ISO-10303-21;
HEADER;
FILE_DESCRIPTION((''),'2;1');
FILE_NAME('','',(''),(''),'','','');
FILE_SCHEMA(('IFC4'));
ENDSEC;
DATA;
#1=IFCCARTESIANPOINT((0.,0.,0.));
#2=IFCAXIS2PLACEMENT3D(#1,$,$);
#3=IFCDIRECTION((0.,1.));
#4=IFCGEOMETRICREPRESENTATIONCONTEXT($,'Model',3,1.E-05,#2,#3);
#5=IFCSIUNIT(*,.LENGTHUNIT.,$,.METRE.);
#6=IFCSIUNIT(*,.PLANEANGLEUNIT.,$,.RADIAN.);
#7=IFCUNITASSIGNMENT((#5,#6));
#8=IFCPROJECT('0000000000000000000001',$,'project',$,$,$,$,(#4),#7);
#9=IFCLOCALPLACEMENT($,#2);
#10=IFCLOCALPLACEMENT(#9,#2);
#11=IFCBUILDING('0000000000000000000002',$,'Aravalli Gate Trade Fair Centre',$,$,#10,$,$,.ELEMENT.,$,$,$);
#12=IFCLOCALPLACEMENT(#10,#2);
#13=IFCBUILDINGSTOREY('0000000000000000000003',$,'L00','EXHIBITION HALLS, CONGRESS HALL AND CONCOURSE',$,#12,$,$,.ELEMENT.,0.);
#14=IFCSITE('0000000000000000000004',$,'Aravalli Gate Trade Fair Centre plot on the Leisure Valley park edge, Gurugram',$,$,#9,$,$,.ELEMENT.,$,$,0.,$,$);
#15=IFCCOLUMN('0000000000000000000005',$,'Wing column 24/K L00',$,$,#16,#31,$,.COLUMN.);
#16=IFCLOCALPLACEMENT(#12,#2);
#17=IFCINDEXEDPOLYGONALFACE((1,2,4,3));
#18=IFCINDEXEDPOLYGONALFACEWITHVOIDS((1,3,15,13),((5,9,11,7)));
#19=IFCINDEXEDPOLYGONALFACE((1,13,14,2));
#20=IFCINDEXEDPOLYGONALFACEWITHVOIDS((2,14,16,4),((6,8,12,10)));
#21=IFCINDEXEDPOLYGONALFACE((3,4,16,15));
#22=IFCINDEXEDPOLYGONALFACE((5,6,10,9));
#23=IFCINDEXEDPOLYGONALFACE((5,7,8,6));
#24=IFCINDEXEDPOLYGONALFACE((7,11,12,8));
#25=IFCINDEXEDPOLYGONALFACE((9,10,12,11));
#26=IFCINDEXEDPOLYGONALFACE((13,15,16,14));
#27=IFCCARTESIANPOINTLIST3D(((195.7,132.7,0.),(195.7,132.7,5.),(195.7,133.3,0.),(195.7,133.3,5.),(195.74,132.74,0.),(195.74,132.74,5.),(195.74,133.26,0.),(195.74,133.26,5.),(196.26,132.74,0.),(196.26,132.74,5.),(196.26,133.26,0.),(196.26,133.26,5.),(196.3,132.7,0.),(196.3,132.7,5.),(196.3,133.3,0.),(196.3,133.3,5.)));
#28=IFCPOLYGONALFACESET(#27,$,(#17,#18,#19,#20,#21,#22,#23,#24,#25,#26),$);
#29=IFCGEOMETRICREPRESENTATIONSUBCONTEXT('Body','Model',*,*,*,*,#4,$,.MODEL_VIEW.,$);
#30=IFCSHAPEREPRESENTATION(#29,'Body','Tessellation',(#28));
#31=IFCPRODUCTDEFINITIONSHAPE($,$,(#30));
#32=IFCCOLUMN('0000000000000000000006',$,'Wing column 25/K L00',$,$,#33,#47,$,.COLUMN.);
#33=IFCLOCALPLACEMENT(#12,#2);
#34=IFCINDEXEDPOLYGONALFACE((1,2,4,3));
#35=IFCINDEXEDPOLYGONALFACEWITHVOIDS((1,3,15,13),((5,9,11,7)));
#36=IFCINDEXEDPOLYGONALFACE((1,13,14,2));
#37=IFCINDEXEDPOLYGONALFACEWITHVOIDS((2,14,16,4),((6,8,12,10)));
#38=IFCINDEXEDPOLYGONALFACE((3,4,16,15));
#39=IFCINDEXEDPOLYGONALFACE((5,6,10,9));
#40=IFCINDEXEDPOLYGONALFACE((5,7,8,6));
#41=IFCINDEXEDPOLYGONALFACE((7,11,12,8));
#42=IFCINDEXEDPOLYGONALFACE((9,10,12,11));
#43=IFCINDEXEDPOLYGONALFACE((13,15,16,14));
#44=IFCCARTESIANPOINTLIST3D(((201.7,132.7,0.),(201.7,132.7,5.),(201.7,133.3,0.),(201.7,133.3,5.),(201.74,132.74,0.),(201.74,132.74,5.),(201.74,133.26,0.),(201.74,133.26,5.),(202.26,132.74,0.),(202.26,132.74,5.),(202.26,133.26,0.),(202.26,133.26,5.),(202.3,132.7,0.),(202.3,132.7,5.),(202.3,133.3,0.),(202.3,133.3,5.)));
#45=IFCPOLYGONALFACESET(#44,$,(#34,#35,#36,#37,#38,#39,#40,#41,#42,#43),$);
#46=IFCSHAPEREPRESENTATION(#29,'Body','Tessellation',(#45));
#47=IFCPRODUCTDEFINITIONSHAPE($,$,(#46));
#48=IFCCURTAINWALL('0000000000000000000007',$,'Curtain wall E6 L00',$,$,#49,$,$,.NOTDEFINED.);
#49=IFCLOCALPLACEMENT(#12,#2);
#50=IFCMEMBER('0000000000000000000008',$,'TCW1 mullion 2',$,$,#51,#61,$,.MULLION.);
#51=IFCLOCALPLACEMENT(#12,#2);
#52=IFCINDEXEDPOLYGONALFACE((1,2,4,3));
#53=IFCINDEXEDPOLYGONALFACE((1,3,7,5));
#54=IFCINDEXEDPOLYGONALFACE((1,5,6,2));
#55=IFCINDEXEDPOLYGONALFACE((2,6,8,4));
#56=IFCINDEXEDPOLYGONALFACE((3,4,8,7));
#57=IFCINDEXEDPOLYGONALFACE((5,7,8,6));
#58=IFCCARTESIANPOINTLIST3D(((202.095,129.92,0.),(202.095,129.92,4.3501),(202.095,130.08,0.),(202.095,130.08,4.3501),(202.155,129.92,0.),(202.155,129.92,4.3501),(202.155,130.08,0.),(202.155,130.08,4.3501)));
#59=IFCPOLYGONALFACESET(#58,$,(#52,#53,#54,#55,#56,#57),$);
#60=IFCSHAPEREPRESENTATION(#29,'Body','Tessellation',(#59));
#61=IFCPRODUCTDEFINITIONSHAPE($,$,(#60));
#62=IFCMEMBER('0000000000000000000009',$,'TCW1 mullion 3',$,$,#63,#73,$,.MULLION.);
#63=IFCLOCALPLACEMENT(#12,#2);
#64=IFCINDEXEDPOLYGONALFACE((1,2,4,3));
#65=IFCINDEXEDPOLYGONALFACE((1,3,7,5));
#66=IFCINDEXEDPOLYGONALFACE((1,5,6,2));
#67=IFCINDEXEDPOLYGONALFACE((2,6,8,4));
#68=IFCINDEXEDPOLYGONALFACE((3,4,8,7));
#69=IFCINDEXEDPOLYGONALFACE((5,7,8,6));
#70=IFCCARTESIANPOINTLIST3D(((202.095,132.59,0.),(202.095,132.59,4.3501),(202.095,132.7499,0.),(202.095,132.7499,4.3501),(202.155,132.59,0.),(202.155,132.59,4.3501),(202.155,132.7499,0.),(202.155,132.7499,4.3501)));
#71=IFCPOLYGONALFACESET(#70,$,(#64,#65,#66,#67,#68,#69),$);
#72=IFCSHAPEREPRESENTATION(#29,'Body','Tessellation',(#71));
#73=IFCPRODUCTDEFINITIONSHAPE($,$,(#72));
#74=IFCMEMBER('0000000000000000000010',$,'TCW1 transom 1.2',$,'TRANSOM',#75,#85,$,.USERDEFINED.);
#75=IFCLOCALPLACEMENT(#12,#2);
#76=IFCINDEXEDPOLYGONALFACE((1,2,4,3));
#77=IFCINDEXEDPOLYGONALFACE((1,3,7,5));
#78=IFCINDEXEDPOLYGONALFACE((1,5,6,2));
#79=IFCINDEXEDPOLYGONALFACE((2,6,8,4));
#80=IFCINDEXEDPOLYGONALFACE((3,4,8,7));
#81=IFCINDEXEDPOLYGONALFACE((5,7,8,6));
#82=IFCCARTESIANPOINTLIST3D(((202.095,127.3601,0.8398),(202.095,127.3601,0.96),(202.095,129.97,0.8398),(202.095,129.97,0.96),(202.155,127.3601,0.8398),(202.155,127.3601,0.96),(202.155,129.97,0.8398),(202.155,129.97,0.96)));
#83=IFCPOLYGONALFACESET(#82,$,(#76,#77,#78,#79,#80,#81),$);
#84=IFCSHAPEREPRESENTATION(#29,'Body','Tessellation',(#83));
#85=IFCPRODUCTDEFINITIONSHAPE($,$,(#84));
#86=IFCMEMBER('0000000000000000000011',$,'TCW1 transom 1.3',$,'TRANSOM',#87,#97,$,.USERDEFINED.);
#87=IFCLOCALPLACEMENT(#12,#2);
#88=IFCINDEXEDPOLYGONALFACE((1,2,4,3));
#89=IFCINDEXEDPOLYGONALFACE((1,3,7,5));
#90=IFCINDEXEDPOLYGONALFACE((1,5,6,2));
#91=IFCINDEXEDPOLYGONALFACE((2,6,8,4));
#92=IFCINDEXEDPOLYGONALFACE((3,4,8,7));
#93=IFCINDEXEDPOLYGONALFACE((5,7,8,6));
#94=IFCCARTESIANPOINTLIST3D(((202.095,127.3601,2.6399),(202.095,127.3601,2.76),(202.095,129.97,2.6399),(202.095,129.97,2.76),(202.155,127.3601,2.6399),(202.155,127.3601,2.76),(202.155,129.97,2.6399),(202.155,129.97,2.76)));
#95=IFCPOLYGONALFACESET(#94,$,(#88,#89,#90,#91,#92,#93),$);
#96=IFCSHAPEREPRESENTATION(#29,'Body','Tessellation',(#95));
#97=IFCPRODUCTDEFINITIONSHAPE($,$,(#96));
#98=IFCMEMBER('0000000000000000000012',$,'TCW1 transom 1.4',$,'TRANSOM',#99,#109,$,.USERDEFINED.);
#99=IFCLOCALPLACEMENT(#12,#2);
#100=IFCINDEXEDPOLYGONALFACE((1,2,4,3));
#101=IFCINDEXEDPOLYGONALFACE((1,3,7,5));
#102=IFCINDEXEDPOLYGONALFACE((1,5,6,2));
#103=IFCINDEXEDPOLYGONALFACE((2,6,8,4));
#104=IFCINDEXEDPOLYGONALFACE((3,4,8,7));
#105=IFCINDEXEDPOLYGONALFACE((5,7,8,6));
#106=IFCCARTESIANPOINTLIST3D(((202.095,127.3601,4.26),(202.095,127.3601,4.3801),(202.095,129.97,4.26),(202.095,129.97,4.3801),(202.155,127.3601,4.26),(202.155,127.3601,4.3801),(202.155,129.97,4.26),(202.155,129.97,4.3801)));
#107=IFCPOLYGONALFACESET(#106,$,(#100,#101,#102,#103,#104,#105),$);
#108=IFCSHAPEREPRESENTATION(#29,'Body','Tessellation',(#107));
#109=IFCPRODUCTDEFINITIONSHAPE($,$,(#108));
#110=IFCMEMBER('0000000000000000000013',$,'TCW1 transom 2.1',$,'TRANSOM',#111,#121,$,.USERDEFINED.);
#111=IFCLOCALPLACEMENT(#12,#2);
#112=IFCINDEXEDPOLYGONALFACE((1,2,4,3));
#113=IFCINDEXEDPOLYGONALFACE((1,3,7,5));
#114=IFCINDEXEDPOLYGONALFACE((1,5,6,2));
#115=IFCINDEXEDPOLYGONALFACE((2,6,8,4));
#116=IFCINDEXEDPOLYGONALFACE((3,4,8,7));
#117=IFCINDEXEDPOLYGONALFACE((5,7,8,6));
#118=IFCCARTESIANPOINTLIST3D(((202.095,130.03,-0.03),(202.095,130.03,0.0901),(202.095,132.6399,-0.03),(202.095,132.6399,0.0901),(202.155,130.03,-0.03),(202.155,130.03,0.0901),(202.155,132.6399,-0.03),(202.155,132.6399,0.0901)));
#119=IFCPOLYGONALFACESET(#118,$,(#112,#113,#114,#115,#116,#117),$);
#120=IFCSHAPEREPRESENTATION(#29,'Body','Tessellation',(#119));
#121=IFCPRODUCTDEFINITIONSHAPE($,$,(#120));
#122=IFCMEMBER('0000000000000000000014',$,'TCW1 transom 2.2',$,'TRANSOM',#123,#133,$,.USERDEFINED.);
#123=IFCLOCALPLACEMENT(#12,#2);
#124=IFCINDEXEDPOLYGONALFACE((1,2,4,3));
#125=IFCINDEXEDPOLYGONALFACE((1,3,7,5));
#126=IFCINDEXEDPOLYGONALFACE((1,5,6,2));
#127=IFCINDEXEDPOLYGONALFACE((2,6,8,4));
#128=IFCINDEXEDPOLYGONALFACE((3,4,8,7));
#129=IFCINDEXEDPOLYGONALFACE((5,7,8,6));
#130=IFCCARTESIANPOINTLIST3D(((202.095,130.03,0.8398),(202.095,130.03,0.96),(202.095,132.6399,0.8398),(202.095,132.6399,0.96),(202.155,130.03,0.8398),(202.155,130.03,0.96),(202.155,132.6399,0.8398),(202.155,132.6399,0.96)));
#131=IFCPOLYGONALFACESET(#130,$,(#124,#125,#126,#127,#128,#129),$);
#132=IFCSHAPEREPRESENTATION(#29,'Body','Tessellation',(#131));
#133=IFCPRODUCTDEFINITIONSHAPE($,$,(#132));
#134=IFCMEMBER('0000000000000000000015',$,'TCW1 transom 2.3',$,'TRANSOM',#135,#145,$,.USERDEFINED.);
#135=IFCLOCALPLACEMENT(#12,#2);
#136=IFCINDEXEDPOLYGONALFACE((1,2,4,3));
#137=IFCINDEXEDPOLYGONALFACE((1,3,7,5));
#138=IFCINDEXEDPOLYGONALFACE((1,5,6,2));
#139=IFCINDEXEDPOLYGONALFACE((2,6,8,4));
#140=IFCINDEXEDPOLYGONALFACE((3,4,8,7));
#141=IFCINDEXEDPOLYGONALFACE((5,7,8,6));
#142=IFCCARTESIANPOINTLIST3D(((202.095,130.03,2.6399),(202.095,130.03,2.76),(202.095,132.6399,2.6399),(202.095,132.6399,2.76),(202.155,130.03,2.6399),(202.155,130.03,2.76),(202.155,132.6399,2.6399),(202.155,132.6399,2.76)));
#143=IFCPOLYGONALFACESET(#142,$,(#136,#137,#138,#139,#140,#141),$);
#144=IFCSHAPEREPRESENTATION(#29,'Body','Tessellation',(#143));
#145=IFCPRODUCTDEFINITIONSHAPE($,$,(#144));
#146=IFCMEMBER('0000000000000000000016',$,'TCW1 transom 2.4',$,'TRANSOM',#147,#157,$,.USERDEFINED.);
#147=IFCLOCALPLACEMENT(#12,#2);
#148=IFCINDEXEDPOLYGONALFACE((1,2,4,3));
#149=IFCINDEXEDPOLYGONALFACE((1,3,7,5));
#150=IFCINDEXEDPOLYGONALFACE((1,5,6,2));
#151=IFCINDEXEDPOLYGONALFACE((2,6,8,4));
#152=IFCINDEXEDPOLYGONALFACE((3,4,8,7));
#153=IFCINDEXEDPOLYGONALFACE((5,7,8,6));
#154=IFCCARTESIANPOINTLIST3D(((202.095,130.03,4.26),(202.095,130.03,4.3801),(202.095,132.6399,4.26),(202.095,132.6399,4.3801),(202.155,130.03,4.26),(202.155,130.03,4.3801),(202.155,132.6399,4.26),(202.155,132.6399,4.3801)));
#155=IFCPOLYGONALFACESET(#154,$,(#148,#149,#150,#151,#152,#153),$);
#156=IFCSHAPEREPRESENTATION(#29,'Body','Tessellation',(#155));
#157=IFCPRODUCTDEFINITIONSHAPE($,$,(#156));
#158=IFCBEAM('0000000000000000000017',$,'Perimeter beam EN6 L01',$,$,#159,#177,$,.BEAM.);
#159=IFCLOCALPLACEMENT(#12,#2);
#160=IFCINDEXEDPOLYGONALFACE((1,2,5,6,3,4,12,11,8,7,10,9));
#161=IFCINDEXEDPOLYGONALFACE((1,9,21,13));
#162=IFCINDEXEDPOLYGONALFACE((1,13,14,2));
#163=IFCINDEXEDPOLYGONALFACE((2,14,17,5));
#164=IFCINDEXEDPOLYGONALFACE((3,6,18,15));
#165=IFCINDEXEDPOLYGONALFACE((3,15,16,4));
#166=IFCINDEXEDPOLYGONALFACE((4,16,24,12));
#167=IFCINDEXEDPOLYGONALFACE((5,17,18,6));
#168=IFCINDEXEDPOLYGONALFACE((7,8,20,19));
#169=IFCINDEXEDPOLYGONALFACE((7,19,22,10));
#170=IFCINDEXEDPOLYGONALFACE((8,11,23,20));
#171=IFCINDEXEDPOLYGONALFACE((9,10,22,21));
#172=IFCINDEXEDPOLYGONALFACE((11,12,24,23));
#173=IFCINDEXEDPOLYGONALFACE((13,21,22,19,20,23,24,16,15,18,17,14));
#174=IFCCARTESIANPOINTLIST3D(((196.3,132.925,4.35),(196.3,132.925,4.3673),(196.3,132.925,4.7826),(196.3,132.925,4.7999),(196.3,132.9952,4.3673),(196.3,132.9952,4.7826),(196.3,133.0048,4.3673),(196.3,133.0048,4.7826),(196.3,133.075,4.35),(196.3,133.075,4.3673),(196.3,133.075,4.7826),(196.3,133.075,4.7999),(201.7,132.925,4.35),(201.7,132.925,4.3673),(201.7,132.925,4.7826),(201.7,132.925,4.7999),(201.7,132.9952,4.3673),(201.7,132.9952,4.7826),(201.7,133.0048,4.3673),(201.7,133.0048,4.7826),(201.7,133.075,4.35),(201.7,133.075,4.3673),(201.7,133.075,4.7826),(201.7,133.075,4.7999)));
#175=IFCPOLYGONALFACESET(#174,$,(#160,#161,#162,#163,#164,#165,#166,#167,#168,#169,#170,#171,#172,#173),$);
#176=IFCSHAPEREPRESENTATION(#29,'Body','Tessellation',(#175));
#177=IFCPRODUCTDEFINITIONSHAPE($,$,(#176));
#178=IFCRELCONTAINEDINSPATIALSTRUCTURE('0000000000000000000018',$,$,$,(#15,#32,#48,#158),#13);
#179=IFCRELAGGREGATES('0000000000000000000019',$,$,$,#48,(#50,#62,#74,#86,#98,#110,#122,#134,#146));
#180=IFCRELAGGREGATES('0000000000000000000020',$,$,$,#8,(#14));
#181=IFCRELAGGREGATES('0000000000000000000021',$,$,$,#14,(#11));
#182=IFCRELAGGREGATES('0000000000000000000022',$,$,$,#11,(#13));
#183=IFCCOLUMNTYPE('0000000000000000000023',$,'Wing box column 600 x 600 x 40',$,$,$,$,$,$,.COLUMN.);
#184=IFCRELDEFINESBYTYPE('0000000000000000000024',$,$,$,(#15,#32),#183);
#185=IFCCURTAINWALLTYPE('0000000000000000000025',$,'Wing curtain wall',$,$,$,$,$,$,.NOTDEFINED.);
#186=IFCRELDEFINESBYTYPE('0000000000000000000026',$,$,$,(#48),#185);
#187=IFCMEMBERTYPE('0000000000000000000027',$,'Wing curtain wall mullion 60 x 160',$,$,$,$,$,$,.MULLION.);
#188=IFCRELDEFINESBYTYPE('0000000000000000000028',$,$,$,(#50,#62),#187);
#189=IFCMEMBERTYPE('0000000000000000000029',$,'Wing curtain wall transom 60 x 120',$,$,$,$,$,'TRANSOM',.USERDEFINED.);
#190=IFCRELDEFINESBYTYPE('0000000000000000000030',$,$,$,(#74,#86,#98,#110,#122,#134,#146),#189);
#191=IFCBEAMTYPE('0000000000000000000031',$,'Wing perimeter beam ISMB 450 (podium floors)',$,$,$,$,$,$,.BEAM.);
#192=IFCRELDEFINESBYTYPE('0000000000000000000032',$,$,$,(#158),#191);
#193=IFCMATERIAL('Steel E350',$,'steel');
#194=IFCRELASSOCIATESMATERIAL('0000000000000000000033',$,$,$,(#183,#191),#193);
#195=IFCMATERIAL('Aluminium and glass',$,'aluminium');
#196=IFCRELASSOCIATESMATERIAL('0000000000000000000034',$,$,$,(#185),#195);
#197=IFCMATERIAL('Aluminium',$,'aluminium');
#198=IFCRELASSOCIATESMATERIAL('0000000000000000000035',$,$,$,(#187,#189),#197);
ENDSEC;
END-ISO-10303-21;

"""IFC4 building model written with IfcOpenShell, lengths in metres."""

from ifc_helpers import new_model, si_unit, direction, frame, origin, origin_2d, place, context, subcontext, project, spatial, rectangle, hollow_rectangle, i_section, extrude, material, material_profile, profile_set, type_object, element, aggregate, save


model = new_model("IFC4")

# Units and contexts
model_context = context("Model", 3, precision=1e-05, world=origin(), true_north=direction((0.0, 1.0)))
body_context = subcontext(model_context, "Body", "Model", "MODEL_VIEW")
ifc_project = project(units=[si_unit("LENGTHUNIT", "METRE"), si_unit("PLANEANGLEUNIT", "RADIAN")], contexts=[model_context])

# Site, building, storey
site_placement = place(None, origin())
site = spatial("IfcSite", under=ifc_project, at=site_placement, Name="Aravalli Gate Trade Fair Centre plot on the Leisure Valley park edge, Gurugram", CompositionType="ELEMENT", RefElevation=0.0)
building_placement = place(site_placement, origin())
building = spatial("IfcBuilding", under=site, at=building_placement, Name="Aravalli Gate Trade Fair Centre", CompositionType="ELEMENT")
storey_placement = place(building_placement, origin())
storey = spatial("IfcBuildingStorey", under=building, at=storey_placement, Name="L00", Description="EXHIBITION HALLS, CONGRESS HALL AND CONCOURSE", CompositionType="ELEMENT", Elevation=0.0)

# Columns
ifc_material_1 = material(Name="Steel E350", Category="steel")
ifc_material_profile_1 = material_profile(ifc_material_1, hollow_rectangle(XDim=0.6001, YDim=0.6001, WallThickness=0.04, at=origin_2d()), Name="BOX 600x600x40")
ifc_profile_set_1 = profile_set([ifc_material_profile_1], Name="Steel E350")
column_type = type_object("IfcColumnType", Name="Wing box column 600 x 600 x 40", PredefinedType="COLUMN", material=ifc_profile_set_1)
for number, where, z_axis, x_axis, name in (
    (1, (196.0, 133.0, 0.0), (0.0, 0.0, 1.0), (1.0, 0.0, 0.0), "Wing column 24/K L00"),
    (2, (202.0, 133.0, 0.0), (0.0, 0.0, 1.0), (1.0, 0.0, 0.0), "Wing column 25/K L00"),
):
    element("IfcColumn", number, at=place(storey_placement, frame(where, z_axis=z_axis, x_axis=x_axis)), inside=storey, type_object=column_type, Name=name, PredefinedType="COLUMN", context=body_context, shape_type="SweptSolid", body=[
        extrude(hollow_rectangle(XDim=0.6001, YDim=0.6001, WallThickness=0.04, at=origin_2d()), origin(), (0.0, 0.0, 1.0), 5.0),
    ])

# Curtain wall, members
ifc_material_2 = material(Name="Aluminium and glass", Category="aluminium")
curtain_wall_type = type_object("IfcCurtainWallType", Name="Wing curtain wall", PredefinedType="NOTDEFINED", material=ifc_material_2)
curtain_wall_1_placement = place(storey_placement, origin())
curtain_wall_1 = element("IfcCurtainWall", 3, at=curtain_wall_1_placement, inside=storey, type_object=curtain_wall_type, Name="Curtain wall E6 L00", PredefinedType="NOTDEFINED")
ifc_material_3 = material(Name="Aluminium", Category="aluminium")
ifc_material_profile_2 = material_profile(ifc_material_3, rectangle(XDim=0.0601, YDim=0.1599, at=origin_2d()), Name="Wing curtain wall mullion 60 x 160")
ifc_profile_set_2 = profile_set([ifc_material_profile_2], Name="Aluminium")
member_type_1 = type_object("IfcMemberType", Name="Wing curtain wall mullion 60 x 160", PredefinedType="MULLION", material=ifc_profile_set_2)
member_1_placement = place(storey_placement, frame((202.125, 130.0, 0.0), z_axis=(0.0, 0.0, 1.0), x_axis=(-1.0, 0.0, 0.0)))
member_1 = element("IfcMember", 4, at=member_1_placement, type_object=member_type_1, Name="TCW1 mullion 2", PredefinedType="MULLION", context=body_context, shape_type="SweptSolid", body=[
    extrude(rectangle(XDim=0.0601, YDim=0.1599, at=origin_2d()), origin(), (0.0, 0.0, 1.0), 4.3501),
])
member_2_placement = place(storey_placement, frame((202.125, 132.6699, 0.0), z_axis=(0.0, 0.0, 1.0), x_axis=(-1.0, 0.0, 0.0)))
member_2 = element("IfcMember", 5, at=member_2_placement, type_object=member_type_1, Name="TCW1 mullion 3", PredefinedType="MULLION", context=body_context, shape_type="SweptSolid", body=[
    extrude(rectangle(XDim=0.0601, YDim=0.1599, at=origin_2d()), origin(), (0.0, 0.0, 1.0), 4.3501),
])
ifc_material_profile_3 = material_profile(ifc_material_3, rectangle(XDim=0.0601, YDim=0.1201, at=origin_2d()), Name="Wing curtain wall transom 60 x 120")
ifc_profile_set_3 = profile_set([ifc_material_profile_3], Name="Aluminium")
member_type_2 = type_object("IfcMemberType", Name="Wing curtain wall transom 60 x 120", ElementType="TRANSOM", PredefinedType="USERDEFINED", material=ifc_profile_set_3)
member_3_placement = place(storey_placement, frame((202.125, 127.3601, 0.8999), z_axis=(0.0, 1.0, 0.0), x_axis=(-1.0, 0.0, 0.0)))
member_3 = element("IfcMember", 6, at=member_3_placement, type_object=member_type_2, Name="TCW1 transom 1.2", ObjectType="TRANSOM", PredefinedType="USERDEFINED", context=body_context, shape_type="SweptSolid", body=[
    extrude(rectangle(XDim=0.0601, YDim=0.1201, at=origin_2d()), origin(), (0.0, 0.0, 1.0), 2.6099),
])
member_4_placement = place(storey_placement, frame((202.125, 127.3601, 2.7), z_axis=(0.0, 1.0, 0.0), x_axis=(-1.0, 0.0, 0.0)))
member_4 = element("IfcMember", 7, at=member_4_placement, type_object=member_type_2, Name="TCW1 transom 1.3", ObjectType="TRANSOM", PredefinedType="USERDEFINED", context=body_context, shape_type="SweptSolid", body=[
    extrude(rectangle(XDim=0.0601, YDim=0.1201, at=origin_2d()), origin(), (0.0, 0.0, 1.0), 2.6099),
])
member_5_placement = place(storey_placement, frame((202.125, 127.3601, 4.3201), z_axis=(0.0, 1.0, 0.0), x_axis=(-1.0, 0.0, 0.0)))
member_5 = element("IfcMember", 8, at=member_5_placement, type_object=member_type_2, Name="TCW1 transom 1.4", ObjectType="TRANSOM", PredefinedType="USERDEFINED", context=body_context, shape_type="SweptSolid", body=[
    extrude(rectangle(XDim=0.0601, YDim=0.1201, at=origin_2d()), origin(), (0.0, 0.0, 1.0), 2.6099),
])
member_6_placement = place(storey_placement, frame((202.125, 130.03, 0.03), z_axis=(0.0, 1.0, 0.0), x_axis=(-1.0, 0.0, 0.0)))
member_6 = element("IfcMember", 9, at=member_6_placement, type_object=member_type_2, Name="TCW1 transom 2.1", ObjectType="TRANSOM", PredefinedType="USERDEFINED", context=body_context, shape_type="SweptSolid", body=[
    extrude(rectangle(XDim=0.0601, YDim=0.1201, at=origin_2d()), origin(), (0.0, 0.0, 1.0), 2.6099),
])
member_7_placement = place(storey_placement, frame((202.125, 130.03, 0.8999), z_axis=(0.0, 1.0, 0.0), x_axis=(-1.0, 0.0, 0.0)))
member_7 = element("IfcMember", 10, at=member_7_placement, type_object=member_type_2, Name="TCW1 transom 2.2", ObjectType="TRANSOM", PredefinedType="USERDEFINED", context=body_context, shape_type="SweptSolid", body=[
    extrude(rectangle(XDim=0.0601, YDim=0.1201, at=origin_2d()), origin(), (0.0, 0.0, 1.0), 2.6099),
])
member_8_placement = place(storey_placement, frame((202.125, 130.03, 2.7), z_axis=(0.0, 1.0, 0.0), x_axis=(-1.0, 0.0, 0.0)))
member_8 = element("IfcMember", 11, at=member_8_placement, type_object=member_type_2, Name="TCW1 transom 2.3", ObjectType="TRANSOM", PredefinedType="USERDEFINED", context=body_context, shape_type="SweptSolid", body=[
    extrude(rectangle(XDim=0.0601, YDim=0.1201, at=origin_2d()), origin(), (0.0, 0.0, 1.0), 2.6099),
])
member_9_placement = place(storey_placement, frame((202.125, 130.03, 4.3201), z_axis=(0.0, 1.0, 0.0), x_axis=(-1.0, 0.0, 0.0)))
member_9 = element("IfcMember", 12, at=member_9_placement, type_object=member_type_2, Name="TCW1 transom 2.4", ObjectType="TRANSOM", PredefinedType="USERDEFINED", context=body_context, shape_type="SweptSolid", body=[
    extrude(rectangle(XDim=0.0601, YDim=0.1201, at=origin_2d()), origin(), (0.0, 0.0, 1.0), 2.6099),
])

# Beam
ifc_material_profile_4 = material_profile(ifc_material_1, i_section(OverallWidth=0.1499, OverallDepth=0.45, WebThickness=0.0095, FlangeThickness=0.0173, at=origin_2d()), Name="ISMB 450")
ifc_profile_set_4 = profile_set([ifc_material_profile_4], Name="Steel E350")
beam_type_1 = type_object("IfcBeamType", Name="Wing perimeter beam ISMB 450 (podium floors)", PredefinedType="BEAM", material=ifc_profile_set_4)
beam_1_placement = place(storey_placement, frame((196.3, 133.0, 4.575), z_axis=(1.0, 0.0, 0.0), x_axis=(0.0, 1.0, 0.0)))
element("IfcBeam", 13, at=beam_1_placement, inside=storey, type_object=beam_type_1, Name="Perimeter beam EN6 L01", PredefinedType="BEAM", context=body_context, shape_type="SweptSolid", body=[
    extrude(i_section(OverallWidth=0.1499, OverallDepth=0.45, WebThickness=0.0095, FlangeThickness=0.0173, at=origin_2d()), origin(), (0.0, 0.0, 1.0), 5.3999),
])

aggregate(curtain_wall_1, [member_1, member_2, member_3, member_4, member_5, member_6, member_7, member_8, member_9])

save(model, "model.ifc")
